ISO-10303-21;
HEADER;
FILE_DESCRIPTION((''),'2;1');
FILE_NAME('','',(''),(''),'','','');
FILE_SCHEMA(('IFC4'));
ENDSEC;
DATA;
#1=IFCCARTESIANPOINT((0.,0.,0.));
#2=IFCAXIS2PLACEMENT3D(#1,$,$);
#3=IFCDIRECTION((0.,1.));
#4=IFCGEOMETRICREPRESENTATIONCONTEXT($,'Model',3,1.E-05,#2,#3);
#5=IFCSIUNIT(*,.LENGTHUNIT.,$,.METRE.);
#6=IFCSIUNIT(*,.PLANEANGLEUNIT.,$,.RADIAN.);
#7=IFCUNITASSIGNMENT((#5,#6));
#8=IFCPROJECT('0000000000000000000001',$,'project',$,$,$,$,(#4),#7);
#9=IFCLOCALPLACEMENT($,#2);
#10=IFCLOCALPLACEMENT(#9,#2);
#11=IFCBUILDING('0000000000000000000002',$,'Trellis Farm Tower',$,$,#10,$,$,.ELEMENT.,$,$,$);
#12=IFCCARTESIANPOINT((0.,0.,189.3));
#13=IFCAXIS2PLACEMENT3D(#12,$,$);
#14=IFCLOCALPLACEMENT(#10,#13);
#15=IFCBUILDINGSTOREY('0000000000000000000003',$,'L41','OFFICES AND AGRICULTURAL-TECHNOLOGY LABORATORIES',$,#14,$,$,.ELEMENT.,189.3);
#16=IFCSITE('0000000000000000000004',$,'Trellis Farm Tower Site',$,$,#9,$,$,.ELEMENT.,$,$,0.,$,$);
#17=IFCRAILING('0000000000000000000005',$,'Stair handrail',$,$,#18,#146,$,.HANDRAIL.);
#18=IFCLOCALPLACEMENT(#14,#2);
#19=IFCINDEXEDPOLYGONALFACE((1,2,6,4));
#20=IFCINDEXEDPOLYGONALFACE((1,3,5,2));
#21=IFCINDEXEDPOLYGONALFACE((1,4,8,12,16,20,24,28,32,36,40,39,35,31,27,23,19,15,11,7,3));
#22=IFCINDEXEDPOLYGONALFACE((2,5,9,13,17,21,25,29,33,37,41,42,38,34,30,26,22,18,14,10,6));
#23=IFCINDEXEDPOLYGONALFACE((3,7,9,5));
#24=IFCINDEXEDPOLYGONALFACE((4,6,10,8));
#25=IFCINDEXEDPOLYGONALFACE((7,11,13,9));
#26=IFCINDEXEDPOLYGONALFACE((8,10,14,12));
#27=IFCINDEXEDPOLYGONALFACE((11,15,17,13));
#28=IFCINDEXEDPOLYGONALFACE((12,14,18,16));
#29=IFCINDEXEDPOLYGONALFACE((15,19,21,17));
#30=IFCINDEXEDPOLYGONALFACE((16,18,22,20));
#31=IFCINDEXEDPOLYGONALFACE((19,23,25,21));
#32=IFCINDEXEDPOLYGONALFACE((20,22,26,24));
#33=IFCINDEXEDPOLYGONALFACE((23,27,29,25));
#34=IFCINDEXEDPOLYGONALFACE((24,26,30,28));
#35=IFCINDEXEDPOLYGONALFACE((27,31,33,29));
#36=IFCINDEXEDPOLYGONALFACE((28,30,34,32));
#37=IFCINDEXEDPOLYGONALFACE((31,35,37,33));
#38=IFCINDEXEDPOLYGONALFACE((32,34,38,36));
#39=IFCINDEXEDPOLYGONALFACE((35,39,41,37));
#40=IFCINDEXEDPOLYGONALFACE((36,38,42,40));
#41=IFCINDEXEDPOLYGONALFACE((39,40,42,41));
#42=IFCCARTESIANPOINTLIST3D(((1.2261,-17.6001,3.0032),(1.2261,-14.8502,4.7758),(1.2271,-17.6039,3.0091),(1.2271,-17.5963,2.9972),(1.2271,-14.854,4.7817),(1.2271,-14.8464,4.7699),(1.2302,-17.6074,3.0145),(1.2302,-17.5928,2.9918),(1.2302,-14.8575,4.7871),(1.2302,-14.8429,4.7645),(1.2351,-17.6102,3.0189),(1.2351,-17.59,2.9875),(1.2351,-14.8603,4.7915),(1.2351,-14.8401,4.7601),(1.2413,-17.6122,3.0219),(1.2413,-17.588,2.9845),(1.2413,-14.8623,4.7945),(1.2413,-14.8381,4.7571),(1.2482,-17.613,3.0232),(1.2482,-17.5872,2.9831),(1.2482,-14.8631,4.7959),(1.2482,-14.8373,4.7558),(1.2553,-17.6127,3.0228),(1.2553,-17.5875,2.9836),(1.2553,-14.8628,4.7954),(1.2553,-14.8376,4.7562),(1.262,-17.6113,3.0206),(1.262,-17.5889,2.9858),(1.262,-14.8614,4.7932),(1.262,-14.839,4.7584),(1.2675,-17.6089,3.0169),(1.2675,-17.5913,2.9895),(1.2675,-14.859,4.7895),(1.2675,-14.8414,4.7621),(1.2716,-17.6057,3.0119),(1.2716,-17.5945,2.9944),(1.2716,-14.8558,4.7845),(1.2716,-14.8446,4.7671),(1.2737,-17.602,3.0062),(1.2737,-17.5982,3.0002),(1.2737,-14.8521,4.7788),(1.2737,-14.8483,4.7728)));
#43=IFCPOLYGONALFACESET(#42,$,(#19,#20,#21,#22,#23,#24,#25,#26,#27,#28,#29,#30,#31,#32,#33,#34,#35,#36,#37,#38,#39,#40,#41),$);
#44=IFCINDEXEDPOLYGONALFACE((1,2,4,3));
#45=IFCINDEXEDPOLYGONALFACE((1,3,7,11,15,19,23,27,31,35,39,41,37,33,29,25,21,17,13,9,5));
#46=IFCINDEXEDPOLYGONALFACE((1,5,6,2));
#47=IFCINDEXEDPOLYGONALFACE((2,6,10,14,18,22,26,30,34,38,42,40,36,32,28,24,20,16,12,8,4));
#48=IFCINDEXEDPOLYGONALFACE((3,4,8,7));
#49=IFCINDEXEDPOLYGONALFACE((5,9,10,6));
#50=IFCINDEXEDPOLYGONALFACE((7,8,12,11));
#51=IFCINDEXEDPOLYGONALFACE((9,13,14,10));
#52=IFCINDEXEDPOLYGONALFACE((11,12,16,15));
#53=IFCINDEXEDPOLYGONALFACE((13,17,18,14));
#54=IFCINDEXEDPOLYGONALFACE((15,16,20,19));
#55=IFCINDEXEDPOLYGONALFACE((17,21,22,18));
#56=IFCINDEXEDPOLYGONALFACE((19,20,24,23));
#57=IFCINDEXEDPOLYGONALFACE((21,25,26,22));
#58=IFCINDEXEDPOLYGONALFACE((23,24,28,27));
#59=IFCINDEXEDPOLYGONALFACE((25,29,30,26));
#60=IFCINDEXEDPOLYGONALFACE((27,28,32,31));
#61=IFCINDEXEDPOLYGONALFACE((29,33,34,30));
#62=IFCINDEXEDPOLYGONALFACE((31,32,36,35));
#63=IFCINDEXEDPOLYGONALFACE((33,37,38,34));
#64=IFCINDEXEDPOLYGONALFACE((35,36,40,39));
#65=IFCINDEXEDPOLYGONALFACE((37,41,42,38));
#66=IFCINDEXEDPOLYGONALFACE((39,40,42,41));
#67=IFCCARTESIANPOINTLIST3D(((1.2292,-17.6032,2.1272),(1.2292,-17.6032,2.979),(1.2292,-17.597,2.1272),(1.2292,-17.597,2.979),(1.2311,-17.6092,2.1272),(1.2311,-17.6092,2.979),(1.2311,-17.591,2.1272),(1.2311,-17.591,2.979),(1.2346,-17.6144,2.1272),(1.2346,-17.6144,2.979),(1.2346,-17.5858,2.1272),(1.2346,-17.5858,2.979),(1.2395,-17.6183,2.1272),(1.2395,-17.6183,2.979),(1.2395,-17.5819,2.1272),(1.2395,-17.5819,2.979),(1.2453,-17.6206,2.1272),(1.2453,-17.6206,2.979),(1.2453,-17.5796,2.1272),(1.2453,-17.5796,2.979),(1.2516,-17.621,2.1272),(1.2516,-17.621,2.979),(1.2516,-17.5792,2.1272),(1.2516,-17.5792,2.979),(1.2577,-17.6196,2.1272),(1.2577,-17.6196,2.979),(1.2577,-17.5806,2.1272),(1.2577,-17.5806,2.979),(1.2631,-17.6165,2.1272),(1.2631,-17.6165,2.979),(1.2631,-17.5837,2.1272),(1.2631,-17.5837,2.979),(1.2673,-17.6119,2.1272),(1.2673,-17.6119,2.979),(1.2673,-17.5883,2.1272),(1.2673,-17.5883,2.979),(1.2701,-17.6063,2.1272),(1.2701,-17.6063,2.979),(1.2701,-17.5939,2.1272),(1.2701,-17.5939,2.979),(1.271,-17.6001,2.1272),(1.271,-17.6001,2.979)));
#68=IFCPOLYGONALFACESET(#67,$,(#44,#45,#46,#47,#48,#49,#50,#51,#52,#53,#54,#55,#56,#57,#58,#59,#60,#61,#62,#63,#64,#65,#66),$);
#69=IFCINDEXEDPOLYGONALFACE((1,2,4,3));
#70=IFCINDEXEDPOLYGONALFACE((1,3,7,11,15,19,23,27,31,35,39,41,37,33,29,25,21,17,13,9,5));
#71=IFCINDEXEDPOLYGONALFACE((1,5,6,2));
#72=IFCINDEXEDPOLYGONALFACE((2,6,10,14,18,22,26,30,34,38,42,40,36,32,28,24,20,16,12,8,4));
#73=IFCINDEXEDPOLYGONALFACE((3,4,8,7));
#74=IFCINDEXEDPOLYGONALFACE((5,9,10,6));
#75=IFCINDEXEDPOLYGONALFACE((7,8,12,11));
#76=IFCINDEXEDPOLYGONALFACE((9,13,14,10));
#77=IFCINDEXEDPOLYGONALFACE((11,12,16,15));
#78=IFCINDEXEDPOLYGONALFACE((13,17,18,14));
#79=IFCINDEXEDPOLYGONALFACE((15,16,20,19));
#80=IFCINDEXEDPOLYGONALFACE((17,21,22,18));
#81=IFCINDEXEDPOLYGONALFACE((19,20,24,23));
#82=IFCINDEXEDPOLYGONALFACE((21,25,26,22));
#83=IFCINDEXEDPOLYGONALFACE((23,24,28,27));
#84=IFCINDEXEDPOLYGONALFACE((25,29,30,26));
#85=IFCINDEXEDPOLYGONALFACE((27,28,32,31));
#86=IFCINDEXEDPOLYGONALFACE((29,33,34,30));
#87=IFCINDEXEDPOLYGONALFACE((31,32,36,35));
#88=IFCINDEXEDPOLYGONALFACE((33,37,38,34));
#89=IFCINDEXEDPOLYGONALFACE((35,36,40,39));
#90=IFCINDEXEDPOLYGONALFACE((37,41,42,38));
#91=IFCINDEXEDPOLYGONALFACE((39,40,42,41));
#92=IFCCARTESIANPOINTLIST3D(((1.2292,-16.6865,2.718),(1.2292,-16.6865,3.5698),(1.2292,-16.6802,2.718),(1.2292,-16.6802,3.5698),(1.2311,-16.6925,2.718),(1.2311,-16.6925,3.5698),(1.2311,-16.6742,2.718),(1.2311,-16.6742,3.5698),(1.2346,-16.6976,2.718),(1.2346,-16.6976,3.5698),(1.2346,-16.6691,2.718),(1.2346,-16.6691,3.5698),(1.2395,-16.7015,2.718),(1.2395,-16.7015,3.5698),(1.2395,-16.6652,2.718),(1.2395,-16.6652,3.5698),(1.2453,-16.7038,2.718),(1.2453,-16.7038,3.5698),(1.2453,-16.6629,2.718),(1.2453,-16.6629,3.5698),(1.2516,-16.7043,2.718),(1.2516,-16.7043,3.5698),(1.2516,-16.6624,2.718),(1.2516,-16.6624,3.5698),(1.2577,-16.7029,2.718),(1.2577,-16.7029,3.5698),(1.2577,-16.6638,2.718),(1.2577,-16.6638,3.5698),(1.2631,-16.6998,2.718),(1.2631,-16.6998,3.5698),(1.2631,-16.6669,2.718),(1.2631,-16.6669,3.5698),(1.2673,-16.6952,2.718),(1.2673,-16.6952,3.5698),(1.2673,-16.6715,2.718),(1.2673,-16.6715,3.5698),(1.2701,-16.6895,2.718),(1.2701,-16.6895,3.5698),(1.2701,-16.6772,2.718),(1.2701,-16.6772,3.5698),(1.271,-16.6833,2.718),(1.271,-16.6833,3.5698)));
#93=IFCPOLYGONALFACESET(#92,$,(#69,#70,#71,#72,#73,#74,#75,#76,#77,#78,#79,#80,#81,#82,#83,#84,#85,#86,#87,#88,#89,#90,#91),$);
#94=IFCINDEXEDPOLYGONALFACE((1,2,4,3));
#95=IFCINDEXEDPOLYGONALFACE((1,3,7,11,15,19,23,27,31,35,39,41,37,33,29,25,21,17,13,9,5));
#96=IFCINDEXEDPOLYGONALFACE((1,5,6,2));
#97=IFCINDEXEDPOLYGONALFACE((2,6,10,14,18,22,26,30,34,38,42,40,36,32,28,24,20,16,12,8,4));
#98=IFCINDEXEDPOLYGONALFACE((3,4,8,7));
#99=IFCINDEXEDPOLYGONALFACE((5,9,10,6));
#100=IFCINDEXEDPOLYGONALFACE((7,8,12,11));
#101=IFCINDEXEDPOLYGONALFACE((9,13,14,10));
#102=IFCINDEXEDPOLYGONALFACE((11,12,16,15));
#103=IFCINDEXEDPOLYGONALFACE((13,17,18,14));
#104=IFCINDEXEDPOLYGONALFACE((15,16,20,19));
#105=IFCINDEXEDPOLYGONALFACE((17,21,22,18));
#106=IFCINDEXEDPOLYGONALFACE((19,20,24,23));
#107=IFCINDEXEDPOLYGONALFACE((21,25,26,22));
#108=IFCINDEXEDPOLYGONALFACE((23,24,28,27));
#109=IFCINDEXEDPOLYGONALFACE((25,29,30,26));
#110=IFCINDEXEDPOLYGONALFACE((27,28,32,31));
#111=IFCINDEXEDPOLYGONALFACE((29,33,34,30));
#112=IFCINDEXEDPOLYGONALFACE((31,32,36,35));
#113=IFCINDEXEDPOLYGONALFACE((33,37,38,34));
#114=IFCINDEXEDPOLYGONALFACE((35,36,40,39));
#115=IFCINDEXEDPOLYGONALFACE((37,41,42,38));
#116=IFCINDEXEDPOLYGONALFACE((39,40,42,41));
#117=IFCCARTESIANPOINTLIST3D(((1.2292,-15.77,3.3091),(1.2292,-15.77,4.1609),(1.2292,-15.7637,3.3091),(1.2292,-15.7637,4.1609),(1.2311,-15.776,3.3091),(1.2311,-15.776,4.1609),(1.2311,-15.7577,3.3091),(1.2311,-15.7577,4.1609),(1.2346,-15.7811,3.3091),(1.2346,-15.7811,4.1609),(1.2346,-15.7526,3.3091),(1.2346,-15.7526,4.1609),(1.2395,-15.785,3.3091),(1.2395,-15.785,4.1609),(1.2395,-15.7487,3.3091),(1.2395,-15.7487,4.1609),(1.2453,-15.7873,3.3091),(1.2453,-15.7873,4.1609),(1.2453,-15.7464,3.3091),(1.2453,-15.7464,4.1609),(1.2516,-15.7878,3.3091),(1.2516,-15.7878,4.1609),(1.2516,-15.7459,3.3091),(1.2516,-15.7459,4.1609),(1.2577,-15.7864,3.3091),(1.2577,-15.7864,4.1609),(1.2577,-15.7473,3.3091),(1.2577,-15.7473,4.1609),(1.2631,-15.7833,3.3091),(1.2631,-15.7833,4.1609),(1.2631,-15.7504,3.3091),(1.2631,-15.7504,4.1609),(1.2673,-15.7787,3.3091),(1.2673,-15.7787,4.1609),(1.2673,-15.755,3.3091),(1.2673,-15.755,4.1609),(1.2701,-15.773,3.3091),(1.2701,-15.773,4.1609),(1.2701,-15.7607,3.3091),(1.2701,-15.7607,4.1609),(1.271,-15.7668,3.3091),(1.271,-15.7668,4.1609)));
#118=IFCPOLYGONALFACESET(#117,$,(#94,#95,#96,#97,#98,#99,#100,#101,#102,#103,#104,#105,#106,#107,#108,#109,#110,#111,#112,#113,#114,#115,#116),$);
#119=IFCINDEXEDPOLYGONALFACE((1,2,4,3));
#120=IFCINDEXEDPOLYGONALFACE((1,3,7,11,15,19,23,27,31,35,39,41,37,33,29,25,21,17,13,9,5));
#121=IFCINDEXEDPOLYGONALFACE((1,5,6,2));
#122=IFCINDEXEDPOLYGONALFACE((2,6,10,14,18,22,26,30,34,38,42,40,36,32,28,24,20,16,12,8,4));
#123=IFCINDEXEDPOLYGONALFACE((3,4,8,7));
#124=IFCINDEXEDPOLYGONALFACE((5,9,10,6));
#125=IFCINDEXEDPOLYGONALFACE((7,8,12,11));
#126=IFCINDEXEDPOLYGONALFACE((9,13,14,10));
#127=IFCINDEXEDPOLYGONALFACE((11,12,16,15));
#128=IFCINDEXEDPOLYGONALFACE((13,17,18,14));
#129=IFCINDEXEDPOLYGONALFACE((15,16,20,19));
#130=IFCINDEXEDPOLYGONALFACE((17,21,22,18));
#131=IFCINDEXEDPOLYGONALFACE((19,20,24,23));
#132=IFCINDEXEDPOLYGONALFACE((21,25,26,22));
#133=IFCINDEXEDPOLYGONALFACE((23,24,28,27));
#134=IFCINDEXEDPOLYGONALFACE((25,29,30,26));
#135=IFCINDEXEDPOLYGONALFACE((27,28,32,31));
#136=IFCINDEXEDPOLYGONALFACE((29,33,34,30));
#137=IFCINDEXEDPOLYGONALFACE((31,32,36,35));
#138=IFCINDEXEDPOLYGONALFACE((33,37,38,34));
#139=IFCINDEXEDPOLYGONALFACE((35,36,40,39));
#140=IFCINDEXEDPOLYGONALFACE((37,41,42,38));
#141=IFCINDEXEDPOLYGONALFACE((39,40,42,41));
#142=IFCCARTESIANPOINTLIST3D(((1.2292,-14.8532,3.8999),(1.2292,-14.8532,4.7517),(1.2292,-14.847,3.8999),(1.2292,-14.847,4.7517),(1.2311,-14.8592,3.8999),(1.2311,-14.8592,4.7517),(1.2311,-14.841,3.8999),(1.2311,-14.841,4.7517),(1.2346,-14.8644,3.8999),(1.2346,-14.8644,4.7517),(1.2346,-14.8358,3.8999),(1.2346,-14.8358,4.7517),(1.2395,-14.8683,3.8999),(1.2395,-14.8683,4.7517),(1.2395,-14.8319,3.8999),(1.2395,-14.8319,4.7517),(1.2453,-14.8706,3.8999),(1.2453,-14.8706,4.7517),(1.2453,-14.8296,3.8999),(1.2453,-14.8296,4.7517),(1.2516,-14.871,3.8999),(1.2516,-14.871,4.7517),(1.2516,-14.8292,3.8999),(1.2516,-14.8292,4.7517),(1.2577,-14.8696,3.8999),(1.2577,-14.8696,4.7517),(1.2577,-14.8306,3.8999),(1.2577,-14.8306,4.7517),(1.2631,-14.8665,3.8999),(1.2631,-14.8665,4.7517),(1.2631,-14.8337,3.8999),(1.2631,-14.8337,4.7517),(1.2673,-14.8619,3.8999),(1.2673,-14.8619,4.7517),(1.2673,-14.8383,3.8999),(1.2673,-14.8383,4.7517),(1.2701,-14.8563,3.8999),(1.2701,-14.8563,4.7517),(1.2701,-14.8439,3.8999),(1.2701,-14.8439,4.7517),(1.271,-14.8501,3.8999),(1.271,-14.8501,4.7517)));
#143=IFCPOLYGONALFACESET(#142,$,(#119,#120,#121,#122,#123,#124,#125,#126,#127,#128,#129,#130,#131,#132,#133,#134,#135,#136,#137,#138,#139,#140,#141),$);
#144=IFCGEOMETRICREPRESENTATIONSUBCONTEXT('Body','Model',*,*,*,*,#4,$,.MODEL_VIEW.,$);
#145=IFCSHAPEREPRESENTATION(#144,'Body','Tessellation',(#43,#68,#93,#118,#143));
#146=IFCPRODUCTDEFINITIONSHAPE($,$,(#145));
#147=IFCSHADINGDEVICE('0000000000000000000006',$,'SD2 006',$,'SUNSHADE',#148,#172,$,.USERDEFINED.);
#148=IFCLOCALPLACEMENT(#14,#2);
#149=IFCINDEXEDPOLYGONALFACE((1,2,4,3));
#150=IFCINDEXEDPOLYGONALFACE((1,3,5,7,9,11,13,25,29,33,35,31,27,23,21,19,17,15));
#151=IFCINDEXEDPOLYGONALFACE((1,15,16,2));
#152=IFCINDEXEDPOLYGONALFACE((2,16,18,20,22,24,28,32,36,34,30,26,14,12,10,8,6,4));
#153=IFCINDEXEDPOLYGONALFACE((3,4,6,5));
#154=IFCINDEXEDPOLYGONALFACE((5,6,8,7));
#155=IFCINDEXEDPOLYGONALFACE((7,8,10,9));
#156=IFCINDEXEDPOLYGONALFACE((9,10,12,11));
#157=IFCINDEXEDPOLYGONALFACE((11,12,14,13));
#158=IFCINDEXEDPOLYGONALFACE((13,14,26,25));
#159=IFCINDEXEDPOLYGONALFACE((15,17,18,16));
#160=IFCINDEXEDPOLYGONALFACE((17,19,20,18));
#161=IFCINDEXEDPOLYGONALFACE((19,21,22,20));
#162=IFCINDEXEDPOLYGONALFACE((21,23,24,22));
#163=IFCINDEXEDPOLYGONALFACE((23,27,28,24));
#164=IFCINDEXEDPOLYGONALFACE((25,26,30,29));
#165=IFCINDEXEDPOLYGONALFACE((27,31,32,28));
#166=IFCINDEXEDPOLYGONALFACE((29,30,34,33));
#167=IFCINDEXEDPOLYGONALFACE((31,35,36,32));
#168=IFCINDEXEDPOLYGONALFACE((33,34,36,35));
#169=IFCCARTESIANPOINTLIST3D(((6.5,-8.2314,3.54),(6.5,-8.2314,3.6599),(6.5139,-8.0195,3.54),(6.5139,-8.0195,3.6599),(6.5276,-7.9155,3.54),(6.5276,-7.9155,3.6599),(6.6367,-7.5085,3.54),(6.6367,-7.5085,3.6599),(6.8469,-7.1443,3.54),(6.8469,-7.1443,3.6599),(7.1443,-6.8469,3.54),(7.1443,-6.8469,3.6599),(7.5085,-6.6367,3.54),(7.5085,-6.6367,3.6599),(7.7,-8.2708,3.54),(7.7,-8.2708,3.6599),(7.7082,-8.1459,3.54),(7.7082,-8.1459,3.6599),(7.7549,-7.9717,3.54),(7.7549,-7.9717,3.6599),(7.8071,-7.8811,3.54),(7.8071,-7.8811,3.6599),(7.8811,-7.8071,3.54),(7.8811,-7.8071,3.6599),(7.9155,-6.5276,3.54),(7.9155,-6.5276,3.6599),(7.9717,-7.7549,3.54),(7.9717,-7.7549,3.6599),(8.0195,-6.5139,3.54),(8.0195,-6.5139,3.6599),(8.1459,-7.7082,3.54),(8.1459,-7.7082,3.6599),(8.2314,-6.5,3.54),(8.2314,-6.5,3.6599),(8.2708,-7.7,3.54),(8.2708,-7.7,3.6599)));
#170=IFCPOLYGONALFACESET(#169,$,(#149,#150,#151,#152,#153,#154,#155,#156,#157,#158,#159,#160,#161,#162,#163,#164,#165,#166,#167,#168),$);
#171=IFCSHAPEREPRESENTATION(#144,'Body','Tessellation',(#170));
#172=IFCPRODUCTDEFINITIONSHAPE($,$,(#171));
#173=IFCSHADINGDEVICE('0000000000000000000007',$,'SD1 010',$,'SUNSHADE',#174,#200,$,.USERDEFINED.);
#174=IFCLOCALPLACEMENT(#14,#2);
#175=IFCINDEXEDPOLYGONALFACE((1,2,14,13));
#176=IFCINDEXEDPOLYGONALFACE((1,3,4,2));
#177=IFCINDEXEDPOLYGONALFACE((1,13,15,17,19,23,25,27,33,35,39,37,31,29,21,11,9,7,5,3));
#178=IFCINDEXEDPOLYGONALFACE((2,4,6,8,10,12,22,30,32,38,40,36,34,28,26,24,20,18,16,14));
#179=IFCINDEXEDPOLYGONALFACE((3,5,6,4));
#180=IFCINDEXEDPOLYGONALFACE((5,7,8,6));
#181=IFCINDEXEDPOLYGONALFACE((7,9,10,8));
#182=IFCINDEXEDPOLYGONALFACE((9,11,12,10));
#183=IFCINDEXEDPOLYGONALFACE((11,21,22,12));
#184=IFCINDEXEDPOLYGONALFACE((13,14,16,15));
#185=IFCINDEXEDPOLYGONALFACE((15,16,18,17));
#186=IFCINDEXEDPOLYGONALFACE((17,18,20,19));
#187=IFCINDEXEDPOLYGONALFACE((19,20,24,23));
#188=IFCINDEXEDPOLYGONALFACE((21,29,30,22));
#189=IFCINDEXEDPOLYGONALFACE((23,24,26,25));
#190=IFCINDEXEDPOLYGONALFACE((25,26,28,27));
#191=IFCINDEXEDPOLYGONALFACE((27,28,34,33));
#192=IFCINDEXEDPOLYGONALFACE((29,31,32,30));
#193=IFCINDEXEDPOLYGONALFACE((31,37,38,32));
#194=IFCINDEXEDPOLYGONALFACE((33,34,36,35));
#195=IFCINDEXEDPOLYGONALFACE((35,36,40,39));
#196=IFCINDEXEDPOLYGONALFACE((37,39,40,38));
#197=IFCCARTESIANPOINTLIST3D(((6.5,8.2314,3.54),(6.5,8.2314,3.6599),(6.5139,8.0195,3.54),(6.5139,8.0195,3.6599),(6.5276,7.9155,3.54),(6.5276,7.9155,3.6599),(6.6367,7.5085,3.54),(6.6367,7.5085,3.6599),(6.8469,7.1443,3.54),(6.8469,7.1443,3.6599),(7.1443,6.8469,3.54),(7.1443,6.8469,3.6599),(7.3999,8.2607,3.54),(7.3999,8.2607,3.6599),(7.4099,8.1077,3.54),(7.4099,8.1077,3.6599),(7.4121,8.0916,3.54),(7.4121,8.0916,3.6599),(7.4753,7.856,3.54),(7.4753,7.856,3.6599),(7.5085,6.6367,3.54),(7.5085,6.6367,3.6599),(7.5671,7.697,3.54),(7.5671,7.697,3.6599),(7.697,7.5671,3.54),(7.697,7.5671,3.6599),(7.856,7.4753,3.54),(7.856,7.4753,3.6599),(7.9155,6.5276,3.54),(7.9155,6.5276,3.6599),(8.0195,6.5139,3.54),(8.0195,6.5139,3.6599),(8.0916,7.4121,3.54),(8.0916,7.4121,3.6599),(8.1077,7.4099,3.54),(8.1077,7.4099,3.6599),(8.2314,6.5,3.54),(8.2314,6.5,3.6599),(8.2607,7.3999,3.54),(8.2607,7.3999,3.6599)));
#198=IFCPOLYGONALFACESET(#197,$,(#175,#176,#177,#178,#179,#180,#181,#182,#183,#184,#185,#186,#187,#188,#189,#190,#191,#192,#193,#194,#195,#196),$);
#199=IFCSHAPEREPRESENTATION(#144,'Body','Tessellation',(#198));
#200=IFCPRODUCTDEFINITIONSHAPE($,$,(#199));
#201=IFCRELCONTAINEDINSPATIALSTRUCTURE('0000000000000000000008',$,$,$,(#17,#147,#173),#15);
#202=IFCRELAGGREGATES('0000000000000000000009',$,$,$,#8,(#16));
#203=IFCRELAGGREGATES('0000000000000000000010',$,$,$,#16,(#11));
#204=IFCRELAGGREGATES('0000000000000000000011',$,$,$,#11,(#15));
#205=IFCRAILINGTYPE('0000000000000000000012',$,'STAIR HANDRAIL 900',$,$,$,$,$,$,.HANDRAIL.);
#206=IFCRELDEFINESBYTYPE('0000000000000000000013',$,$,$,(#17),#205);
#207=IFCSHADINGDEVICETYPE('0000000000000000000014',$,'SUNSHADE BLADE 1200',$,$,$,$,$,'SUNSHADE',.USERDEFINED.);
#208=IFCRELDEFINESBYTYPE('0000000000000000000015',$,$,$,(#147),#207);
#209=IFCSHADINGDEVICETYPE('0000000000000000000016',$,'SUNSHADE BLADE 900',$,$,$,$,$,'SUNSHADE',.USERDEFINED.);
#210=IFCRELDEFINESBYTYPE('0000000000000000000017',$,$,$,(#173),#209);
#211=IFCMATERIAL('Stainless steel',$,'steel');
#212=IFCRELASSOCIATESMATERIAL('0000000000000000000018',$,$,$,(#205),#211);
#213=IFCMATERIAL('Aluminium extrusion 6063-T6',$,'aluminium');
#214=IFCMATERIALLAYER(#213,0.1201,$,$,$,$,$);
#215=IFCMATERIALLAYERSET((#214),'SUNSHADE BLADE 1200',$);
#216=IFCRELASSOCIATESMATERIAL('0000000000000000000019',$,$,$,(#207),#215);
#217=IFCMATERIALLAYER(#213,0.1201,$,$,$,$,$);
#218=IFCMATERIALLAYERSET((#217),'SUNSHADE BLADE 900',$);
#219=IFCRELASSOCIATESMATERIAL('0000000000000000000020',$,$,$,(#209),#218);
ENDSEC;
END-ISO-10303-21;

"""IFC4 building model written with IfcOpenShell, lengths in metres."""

from ifc_helpers import new_model, si_unit, direction, frame, origin, origin_2d, place, context, subcontext, project, spatial, polyline, circle, outline, extrude, source, transform, mapped, material, layer, layer_set, type_object, element, save


model = new_model("IFC4")

# Units and contexts
model_context = context("Model", 3, precision=1e-05, world=origin(), true_north=direction((0.0, 1.0)))
body_context = subcontext(model_context, "Body", "Model", "MODEL_VIEW")
ifc_project = project(units=[si_unit("LENGTHUNIT", "METRE"), si_unit("PLANEANGLEUNIT", "RADIAN")], contexts=[model_context])

# Site, building, storey
site_placement = place(None, origin())
site = spatial("IfcSite", under=ifc_project, at=site_placement, Name="Trellis Farm Tower Site", CompositionType="ELEMENT", RefElevation=0.0)
building_placement = place(site_placement, origin())
building = spatial("IfcBuilding", under=site, at=building_placement, Name="Trellis Farm Tower", CompositionType="ELEMENT")
storey_placement = place(building_placement, frame((0.0, 0.0, 189.3)))
storey = spatial("IfcBuildingStorey", under=building, at=storey_placement, Name="L41", Description="OFFICES AND AGRICULTURAL-TECHNOLOGY LABORATORIES", CompositionType="ELEMENT", Elevation=189.3)

# Shared definitions
ifc_material_1 = material(Name="Aluminium extrusion 6063-T6", Category="aluminium")

# Railing
ifc_material_2 = material(Name="Stainless steel", Category="steel")
railing_type = type_object("IfcRailingType", Name="STAIR HANDRAIL 900", PredefinedType="HANDRAIL", material=ifc_material_2)
shared_shape_1 = source(origin(), body_context, "Body", "SweptSolid", [
    extrude(circle(Radius=0.0239, at=origin_2d()), frame((0.0, 0.0, 0.876), z_axis=(0.0, 0.840504, 0.541806), x_axis=(-1.0, 0.0, 0.0)), (0.0, 0.0, 1.0), 3.2717),
    extrude(circle(Radius=0.021, at=origin_2d()), origin(), (0.0, 0.0, 1.0), 0.8518),
    extrude(circle(Radius=0.021, at=origin_2d()), frame((0.0, 0.9167, 0.5908)), (0.0, 0.0, 1.0), 0.8518),
    extrude(circle(Radius=0.021, at=origin_2d()), frame((0.0, 1.8333, 1.1819)), (0.0, 0.0, 1.0), 0.8518),
    extrude(circle(Radius=0.021, at=origin_2d()), frame((0.0, 2.75, 1.7727)), (0.0, 0.0, 1.0), 0.8518),
])
railing_placement = place(storey_placement, frame((1.25, -17.6001, 2.1272)))
element("IfcRailing", 1, at=railing_placement, inside=storey, type_object=railing_type, Name="Stair handrail", PredefinedType="HANDRAIL", context=body_context, shape_type="MappedRepresentation", body=[
    mapped(shared_shape_1, transform((0.0, 0.0, 0.0))),
])

# Shading devices
ifc_layer_1 = layer(ifc_material_1, 0.1201)
ifc_layer_set_1 = layer_set([ifc_layer_1], Name="SUNSHADE BLADE 1200")
shading_device_type_1 = type_object("IfcShadingDeviceType", Name="SUNSHADE BLADE 1200", ElementType="SUNSHADE", PredefinedType="USERDEFINED", material=ifc_layer_set_1)
shared_shape_2 = source(origin(), body_context, "Body", "SweptSolid", [
    extrude(outline(polyline([(7.7, -8.2708), (7.7087, -8.1372), (7.707, -8.1501), (7.7549, -7.9717), (7.8071, -7.8811), (7.8811, -7.8071), (7.9717, -7.7549), (8.1501, -7.707), (8.1372, -7.7087), (8.2708, -7.7), (8.2314, -6.5), (8.0195, -6.5139), (7.9155, -6.5276), (7.5085, -6.6367), (7.1443, -6.8469), (6.8469, -7.1443), (6.6367, -7.5085), (6.5276, -7.9155), (6.5139, -8.0195), (6.5, -8.2314), (7.7, -8.2708)])), origin(), (0.0, 0.0, 1.0), 0.1199),
])
placement_1 = place(storey_placement, frame((0.0, 0.0, 3.54)))
element("IfcShadingDevice", 2, at=placement_1, inside=storey, type_object=shading_device_type_1, Name="SD2 006", ObjectType="SUNSHADE", PredefinedType="USERDEFINED", context=body_context, shape_type="MappedRepresentation", body=[
    mapped(shared_shape_2, transform((0.0, 0.0, 0.0))),
])
ifc_layer_2 = layer(ifc_material_1, 0.1201)
ifc_layer_set_2 = layer_set([ifc_layer_2], Name="SUNSHADE BLADE 900")
shading_device_type_2 = type_object("IfcShadingDeviceType", Name="SUNSHADE BLADE 900", ElementType="SUNSHADE", PredefinedType="USERDEFINED", material=ifc_layer_set_2)
shared_shape_3 = source(origin(), body_context, "Body", "SweptSolid", [
    extrude(outline(polyline([(8.2607, 7.3999), (8.1077, 7.4099), (8.0916, 7.4121), (7.856, 7.4753), (7.697, 7.5671), (7.5671, 7.697), (7.4753, 7.856), (7.4121, 8.0916), (7.4099, 8.1077), (7.3999, 8.2607), (6.5, 8.2314), (6.5139, 8.0195), (6.5276, 7.9155), (6.6367, 7.5085), (6.8469, 7.1443), (7.1443, 6.8469), (7.5085, 6.6367), (7.9155, 6.5276), (8.0195, 6.5139), (8.2314, 6.5), (8.2607, 7.3999)])), origin(), (0.0, 0.0, 1.0), 0.1199),
])
element("IfcShadingDevice", 3, at=placement_1, inside=storey, type_object=shading_device_type_2, Name="SD1 010", ObjectType="SUNSHADE", PredefinedType="USERDEFINED", context=body_context, shape_type="MappedRepresentation", body=[
    mapped(shared_shape_3, transform((0.0, 0.0, 0.0))),
])

save(model, "model.ifc")
